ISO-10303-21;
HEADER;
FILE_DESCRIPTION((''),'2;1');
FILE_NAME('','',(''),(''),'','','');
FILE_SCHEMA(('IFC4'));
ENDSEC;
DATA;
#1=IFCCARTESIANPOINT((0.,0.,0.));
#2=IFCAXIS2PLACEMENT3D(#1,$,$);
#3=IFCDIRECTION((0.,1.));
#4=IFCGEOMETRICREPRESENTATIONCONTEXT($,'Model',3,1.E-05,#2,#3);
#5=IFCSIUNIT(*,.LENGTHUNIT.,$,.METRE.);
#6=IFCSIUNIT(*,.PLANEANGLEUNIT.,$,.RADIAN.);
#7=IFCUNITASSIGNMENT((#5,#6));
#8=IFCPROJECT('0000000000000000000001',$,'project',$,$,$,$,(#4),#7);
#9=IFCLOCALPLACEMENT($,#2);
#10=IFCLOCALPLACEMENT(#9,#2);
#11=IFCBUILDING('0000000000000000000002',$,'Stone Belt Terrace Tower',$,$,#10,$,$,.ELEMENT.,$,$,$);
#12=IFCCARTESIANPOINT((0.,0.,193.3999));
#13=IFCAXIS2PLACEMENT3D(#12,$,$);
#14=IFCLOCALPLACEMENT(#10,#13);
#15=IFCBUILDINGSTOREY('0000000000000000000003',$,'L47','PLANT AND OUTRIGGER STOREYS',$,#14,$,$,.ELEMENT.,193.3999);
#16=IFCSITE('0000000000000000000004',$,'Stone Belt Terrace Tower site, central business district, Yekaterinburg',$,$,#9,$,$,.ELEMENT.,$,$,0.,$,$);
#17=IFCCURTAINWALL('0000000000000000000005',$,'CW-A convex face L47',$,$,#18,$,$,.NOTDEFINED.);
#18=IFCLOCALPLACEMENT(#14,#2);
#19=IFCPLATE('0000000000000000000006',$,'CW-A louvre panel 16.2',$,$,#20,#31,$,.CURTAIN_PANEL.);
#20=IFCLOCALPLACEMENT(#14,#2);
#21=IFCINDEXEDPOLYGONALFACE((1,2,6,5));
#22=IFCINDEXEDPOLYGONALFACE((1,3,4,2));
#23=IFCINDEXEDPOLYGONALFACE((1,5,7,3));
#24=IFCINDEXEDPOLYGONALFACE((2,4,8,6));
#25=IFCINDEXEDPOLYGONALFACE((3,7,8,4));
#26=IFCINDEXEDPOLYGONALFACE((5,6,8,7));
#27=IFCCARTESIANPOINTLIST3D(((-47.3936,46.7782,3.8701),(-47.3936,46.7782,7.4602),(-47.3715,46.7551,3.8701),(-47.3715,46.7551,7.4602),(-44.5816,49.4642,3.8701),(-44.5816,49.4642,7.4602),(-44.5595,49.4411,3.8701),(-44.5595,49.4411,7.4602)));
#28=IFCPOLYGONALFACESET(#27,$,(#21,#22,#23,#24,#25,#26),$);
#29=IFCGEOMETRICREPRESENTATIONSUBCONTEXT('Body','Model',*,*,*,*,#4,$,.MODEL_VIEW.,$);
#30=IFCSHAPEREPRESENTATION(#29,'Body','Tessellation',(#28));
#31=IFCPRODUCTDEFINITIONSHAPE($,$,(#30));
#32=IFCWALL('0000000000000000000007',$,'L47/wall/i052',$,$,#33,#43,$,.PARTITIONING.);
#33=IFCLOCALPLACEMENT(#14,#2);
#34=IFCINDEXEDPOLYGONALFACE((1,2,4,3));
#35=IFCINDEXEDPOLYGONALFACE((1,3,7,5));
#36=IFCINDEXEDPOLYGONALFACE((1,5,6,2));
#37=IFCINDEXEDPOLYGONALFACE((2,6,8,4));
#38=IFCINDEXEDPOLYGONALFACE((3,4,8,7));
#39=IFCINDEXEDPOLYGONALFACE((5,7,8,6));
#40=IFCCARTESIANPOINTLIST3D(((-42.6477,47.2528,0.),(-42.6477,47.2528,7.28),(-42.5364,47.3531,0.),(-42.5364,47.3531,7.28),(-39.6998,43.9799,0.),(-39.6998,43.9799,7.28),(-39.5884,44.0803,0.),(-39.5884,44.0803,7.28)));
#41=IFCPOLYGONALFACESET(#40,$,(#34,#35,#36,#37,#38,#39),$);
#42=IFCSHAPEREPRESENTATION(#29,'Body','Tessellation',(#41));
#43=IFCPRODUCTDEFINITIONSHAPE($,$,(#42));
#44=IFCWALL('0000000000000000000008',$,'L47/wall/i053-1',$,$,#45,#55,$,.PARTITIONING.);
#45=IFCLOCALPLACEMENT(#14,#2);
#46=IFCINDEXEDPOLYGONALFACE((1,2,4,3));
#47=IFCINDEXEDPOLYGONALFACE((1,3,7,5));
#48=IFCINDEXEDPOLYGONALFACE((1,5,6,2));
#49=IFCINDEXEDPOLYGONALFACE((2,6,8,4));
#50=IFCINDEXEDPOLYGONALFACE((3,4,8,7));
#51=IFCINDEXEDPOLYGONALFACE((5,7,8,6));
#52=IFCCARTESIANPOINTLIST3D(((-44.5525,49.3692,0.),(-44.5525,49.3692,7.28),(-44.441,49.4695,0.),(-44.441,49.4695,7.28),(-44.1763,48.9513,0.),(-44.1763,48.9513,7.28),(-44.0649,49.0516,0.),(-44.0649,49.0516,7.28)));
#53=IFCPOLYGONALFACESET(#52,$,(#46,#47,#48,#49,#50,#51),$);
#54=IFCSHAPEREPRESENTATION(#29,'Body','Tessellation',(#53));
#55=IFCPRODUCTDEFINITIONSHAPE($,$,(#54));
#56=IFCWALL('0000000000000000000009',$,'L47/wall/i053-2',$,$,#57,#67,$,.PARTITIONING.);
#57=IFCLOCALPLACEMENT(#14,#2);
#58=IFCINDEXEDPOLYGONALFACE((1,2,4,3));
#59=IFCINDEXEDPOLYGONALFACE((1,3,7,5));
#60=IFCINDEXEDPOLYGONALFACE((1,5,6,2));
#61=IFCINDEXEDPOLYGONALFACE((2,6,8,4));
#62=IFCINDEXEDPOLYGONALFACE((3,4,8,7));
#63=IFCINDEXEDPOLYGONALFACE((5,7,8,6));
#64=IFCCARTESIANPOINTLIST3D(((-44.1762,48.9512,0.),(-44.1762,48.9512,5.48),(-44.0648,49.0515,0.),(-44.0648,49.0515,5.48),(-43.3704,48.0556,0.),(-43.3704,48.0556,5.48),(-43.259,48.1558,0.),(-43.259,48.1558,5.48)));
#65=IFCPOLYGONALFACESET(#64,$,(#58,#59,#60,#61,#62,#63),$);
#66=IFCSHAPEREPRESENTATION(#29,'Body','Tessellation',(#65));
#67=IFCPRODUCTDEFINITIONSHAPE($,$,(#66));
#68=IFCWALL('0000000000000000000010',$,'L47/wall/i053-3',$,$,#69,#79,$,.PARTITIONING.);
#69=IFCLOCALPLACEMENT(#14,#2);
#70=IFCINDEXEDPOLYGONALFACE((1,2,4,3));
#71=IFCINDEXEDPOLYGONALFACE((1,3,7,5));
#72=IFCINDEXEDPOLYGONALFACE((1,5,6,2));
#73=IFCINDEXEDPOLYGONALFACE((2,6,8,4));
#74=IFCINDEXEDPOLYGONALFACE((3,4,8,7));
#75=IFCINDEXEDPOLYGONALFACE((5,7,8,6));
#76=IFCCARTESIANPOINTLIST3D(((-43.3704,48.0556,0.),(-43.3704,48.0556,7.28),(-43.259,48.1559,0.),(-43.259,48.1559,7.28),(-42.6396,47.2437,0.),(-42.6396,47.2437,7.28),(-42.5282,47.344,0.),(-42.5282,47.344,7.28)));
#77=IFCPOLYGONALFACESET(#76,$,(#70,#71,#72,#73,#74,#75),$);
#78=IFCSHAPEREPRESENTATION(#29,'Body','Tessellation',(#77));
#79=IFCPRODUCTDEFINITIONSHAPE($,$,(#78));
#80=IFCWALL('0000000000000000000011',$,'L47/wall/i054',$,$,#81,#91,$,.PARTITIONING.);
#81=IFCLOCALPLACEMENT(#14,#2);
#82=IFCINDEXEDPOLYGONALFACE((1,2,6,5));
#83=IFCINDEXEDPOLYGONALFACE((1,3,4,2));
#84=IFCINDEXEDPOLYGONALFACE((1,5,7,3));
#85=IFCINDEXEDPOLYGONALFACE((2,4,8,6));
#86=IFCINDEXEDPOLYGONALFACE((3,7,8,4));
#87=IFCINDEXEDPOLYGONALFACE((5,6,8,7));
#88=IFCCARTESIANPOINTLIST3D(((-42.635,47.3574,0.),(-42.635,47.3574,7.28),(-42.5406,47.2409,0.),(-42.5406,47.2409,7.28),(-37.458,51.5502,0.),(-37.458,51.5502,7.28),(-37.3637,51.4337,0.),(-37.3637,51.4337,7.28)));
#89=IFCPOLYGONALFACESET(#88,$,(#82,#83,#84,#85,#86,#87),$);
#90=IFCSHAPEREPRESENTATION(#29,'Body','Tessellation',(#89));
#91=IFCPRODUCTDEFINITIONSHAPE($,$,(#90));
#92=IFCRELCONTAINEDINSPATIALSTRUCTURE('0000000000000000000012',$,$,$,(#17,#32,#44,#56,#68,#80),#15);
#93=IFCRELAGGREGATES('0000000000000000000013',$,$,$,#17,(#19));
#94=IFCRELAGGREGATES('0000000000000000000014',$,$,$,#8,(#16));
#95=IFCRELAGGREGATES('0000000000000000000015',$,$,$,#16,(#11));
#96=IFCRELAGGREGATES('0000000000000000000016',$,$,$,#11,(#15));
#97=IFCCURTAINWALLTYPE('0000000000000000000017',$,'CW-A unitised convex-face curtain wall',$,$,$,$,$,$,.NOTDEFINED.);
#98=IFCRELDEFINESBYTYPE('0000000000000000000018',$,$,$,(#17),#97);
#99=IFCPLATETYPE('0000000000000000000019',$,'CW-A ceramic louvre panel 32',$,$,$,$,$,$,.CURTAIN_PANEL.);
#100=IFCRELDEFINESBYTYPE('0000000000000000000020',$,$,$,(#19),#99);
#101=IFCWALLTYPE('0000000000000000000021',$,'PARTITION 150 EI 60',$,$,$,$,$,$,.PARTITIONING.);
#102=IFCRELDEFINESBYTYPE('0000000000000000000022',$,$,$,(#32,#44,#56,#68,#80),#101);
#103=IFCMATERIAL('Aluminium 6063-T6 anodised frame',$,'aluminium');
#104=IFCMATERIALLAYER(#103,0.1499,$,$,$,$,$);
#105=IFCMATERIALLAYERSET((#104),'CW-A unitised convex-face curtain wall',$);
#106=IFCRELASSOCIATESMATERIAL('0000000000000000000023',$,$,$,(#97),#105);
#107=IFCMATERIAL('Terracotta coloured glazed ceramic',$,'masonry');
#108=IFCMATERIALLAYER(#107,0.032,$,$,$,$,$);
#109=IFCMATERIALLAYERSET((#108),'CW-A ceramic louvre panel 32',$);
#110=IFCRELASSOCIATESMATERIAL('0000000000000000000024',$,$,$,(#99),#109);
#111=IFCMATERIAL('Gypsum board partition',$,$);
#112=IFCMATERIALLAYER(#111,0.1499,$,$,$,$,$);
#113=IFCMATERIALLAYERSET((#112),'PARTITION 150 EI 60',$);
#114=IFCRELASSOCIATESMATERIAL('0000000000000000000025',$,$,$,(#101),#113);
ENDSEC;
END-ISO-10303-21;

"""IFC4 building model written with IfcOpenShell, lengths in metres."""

from ifc_helpers import new_model, si_unit, direction, frame, frame_2d, origin, origin_2d, place, context, subcontext, project, spatial, rectangle, extrude, material, layer, layer_set, type_object, element, aggregate, save


model = new_model("IFC4")

# Units and contexts
model_context = context("Model", 3, precision=1e-05, world=origin(), true_north=direction((0.0, 1.0)))
body_context = subcontext(model_context, "Body", "Model", "MODEL_VIEW")
ifc_project = project(units=[si_unit("LENGTHUNIT", "METRE"), si_unit("PLANEANGLEUNIT", "RADIAN")], contexts=[model_context])

# Site, building, storey
site_placement = place(None, origin())
site = spatial("IfcSite", under=ifc_project, at=site_placement, Name="Stone Belt Terrace Tower site, central business district, Yekaterinburg", CompositionType="ELEMENT", RefElevation=0.0)
building_placement = place(site_placement, origin())
building = spatial("IfcBuilding", under=site, at=building_placement, Name="Stone Belt Terrace Tower", CompositionType="ELEMENT")
storey_placement = place(building_placement, frame((0.0, 0.0, 193.3999)))
storey = spatial("IfcBuildingStorey", under=building, at=storey_placement, Name="L47", Description="PLANT AND OUTRIGGER STOREYS", CompositionType="ELEMENT", Elevation=193.3999)

# Curtain wall
ifc_material_1 = material(Name="Aluminium 6063-T6 anodised frame", Category="aluminium")
ifc_layer_1 = layer(ifc_material_1, 0.1499)
ifc_layer_set_1 = layer_set([ifc_layer_1], Name="CW-A unitised convex-face curtain wall")
curtain_wall_type_1 = type_object("IfcCurtainWallType", Name="CW-A unitised convex-face curtain wall", PredefinedType="NOTDEFINED", material=ifc_layer_set_1)
curtain_wall_1_placement = place(storey_placement, origin())
curtain_wall_1 = element("IfcCurtainWall", 1, at=curtain_wall_1_placement, inside=storey, type_object=curtain_wall_type_1, Name="CW-A convex face L47", PredefinedType="NOTDEFINED")

# Plate
ifc_material_2 = material(Name="Terracotta coloured glazed ceramic", Category="masonry")
ifc_layer_2 = layer(ifc_material_2, 0.032)
ifc_layer_set_2 = layer_set([ifc_layer_2], Name="CW-A ceramic louvre panel 32")
plate_type = type_object("IfcPlateType", Name="CW-A ceramic louvre panel 32", PredefinedType="CURTAIN_PANEL", material=ifc_layer_set_2)
plate_1_placement = place(storey_placement, frame((-45.9766, 48.1096, 3.8701), z_axis=(0.0, 0.0, 1.0), x_axis=(-0.723121, -0.690721, 0.0)))
plate_1 = element("IfcPlate", 2, at=plate_1_placement, type_object=plate_type, Name="CW-A louvre panel 16.2", PredefinedType="CURTAIN_PANEL", context=body_context, shape_type="SweptSolid", body=[
    extrude(rectangle(XDim=3.8887, YDim=0.032, at=origin_2d()), origin(), (0.0, 0.0, 1.0), 3.5901),
])
aggregate(curtain_wall_1, [plate_1])

# Walls
ifc_material_3 = material(Name="Gypsum board partition")
ifc_layer_3 = layer(ifc_material_3, 0.1499)
ifc_layer_set_3 = layer_set([ifc_layer_3], Name="PARTITION 150 EI 60")
wall_type = type_object("IfcWallType", Name="PARTITION 150 EI 60", PredefinedType="PARTITIONING", material=ifc_layer_set_3)
wall_1_placement = place(storey_placement, frame((-42.592, 47.303, 0.0), z_axis=(0.0, 0.0, 1.0), x_axis=(0.669259, -0.74303, 0.0)))
element("IfcWall", 3, at=wall_1_placement, inside=storey, type_object=wall_type, Name="L47/wall/i052", PredefinedType="PARTITIONING", context=body_context, shape_type="SweptSolid", body=[
    extrude(rectangle(XDim=4.4048, YDim=0.1499, at=frame_2d((2.2024, 0.0))), origin(), (0.0, 0.0, 1.0), 7.28),
])
wall_2_placement = place(storey_placement, frame((-44.4968, 49.4194, 0.0), z_axis=(0.0, 0.0, 1.0), x_axis=(0.669013, -0.743251, 0.0)))
element("IfcWall", 4, at=wall_2_placement, inside=storey, type_object=wall_type, Name="L47/wall/i053-1", PredefinedType="PARTITIONING", context=body_context, shape_type="SweptSolid", body=[
    extrude(rectangle(XDim=0.5623, YDim=0.1499, at=frame_2d((0.2812, 0.0))), origin(), (0.0, 0.0, 1.0), 7.28),
])
wall_3_placement = place(storey_placement, frame((-44.1206, 49.0015, 0.0), z_axis=(0.0, 0.0, 1.0), x_axis=(0.668842, -0.743405, 0.0)))
element("IfcWall", 5, at=wall_3_placement, inside=storey, type_object=wall_type, Name="L47/wall/i053-2", PredefinedType="PARTITIONING", context=body_context, shape_type="SweptSolid", body=[
    extrude(rectangle(XDim=1.2048, YDim=0.1499, at=frame_2d((0.6025, 0.0))), origin(), (0.0, 0.0, 1.0), 5.48),
])
wall_4_placement = place(storey_placement, frame((-43.3147, 48.1057, 0.0), z_axis=(0.0, 0.0, 1.0), x_axis=(0.669026, -0.743239, 0.0)))
element("IfcWall", 6, at=wall_4_placement, inside=storey, type_object=wall_type, Name="L47/wall/i053-3", PredefinedType="PARTITIONING", context=body_context, shape_type="SweptSolid", body=[
    extrude(rectangle(XDim=1.0923, YDim=0.1499, at=frame_2d((0.5461, 0.0))), origin(), (0.0, 0.0, 1.0), 7.28),
])
wall_5_placement = place(storey_placement, frame((-42.5879, 47.2991, 0.0), z_axis=(0.0, 0.0, 1.0), x_axis=(0.777101, 0.629376, 0.0)))
element("IfcWall", 7, at=wall_5_placement, inside=storey, type_object=wall_type, Name="L47/wall/i054", PredefinedType="PARTITIONING", context=body_context, shape_type="SweptSolid", body=[
    extrude(rectangle(XDim=6.6619, YDim=0.1499, at=frame_2d((3.3311, 0.0))), origin(), (0.0, 0.0, 1.0), 7.28),
])

save(model, "model.ifc")
